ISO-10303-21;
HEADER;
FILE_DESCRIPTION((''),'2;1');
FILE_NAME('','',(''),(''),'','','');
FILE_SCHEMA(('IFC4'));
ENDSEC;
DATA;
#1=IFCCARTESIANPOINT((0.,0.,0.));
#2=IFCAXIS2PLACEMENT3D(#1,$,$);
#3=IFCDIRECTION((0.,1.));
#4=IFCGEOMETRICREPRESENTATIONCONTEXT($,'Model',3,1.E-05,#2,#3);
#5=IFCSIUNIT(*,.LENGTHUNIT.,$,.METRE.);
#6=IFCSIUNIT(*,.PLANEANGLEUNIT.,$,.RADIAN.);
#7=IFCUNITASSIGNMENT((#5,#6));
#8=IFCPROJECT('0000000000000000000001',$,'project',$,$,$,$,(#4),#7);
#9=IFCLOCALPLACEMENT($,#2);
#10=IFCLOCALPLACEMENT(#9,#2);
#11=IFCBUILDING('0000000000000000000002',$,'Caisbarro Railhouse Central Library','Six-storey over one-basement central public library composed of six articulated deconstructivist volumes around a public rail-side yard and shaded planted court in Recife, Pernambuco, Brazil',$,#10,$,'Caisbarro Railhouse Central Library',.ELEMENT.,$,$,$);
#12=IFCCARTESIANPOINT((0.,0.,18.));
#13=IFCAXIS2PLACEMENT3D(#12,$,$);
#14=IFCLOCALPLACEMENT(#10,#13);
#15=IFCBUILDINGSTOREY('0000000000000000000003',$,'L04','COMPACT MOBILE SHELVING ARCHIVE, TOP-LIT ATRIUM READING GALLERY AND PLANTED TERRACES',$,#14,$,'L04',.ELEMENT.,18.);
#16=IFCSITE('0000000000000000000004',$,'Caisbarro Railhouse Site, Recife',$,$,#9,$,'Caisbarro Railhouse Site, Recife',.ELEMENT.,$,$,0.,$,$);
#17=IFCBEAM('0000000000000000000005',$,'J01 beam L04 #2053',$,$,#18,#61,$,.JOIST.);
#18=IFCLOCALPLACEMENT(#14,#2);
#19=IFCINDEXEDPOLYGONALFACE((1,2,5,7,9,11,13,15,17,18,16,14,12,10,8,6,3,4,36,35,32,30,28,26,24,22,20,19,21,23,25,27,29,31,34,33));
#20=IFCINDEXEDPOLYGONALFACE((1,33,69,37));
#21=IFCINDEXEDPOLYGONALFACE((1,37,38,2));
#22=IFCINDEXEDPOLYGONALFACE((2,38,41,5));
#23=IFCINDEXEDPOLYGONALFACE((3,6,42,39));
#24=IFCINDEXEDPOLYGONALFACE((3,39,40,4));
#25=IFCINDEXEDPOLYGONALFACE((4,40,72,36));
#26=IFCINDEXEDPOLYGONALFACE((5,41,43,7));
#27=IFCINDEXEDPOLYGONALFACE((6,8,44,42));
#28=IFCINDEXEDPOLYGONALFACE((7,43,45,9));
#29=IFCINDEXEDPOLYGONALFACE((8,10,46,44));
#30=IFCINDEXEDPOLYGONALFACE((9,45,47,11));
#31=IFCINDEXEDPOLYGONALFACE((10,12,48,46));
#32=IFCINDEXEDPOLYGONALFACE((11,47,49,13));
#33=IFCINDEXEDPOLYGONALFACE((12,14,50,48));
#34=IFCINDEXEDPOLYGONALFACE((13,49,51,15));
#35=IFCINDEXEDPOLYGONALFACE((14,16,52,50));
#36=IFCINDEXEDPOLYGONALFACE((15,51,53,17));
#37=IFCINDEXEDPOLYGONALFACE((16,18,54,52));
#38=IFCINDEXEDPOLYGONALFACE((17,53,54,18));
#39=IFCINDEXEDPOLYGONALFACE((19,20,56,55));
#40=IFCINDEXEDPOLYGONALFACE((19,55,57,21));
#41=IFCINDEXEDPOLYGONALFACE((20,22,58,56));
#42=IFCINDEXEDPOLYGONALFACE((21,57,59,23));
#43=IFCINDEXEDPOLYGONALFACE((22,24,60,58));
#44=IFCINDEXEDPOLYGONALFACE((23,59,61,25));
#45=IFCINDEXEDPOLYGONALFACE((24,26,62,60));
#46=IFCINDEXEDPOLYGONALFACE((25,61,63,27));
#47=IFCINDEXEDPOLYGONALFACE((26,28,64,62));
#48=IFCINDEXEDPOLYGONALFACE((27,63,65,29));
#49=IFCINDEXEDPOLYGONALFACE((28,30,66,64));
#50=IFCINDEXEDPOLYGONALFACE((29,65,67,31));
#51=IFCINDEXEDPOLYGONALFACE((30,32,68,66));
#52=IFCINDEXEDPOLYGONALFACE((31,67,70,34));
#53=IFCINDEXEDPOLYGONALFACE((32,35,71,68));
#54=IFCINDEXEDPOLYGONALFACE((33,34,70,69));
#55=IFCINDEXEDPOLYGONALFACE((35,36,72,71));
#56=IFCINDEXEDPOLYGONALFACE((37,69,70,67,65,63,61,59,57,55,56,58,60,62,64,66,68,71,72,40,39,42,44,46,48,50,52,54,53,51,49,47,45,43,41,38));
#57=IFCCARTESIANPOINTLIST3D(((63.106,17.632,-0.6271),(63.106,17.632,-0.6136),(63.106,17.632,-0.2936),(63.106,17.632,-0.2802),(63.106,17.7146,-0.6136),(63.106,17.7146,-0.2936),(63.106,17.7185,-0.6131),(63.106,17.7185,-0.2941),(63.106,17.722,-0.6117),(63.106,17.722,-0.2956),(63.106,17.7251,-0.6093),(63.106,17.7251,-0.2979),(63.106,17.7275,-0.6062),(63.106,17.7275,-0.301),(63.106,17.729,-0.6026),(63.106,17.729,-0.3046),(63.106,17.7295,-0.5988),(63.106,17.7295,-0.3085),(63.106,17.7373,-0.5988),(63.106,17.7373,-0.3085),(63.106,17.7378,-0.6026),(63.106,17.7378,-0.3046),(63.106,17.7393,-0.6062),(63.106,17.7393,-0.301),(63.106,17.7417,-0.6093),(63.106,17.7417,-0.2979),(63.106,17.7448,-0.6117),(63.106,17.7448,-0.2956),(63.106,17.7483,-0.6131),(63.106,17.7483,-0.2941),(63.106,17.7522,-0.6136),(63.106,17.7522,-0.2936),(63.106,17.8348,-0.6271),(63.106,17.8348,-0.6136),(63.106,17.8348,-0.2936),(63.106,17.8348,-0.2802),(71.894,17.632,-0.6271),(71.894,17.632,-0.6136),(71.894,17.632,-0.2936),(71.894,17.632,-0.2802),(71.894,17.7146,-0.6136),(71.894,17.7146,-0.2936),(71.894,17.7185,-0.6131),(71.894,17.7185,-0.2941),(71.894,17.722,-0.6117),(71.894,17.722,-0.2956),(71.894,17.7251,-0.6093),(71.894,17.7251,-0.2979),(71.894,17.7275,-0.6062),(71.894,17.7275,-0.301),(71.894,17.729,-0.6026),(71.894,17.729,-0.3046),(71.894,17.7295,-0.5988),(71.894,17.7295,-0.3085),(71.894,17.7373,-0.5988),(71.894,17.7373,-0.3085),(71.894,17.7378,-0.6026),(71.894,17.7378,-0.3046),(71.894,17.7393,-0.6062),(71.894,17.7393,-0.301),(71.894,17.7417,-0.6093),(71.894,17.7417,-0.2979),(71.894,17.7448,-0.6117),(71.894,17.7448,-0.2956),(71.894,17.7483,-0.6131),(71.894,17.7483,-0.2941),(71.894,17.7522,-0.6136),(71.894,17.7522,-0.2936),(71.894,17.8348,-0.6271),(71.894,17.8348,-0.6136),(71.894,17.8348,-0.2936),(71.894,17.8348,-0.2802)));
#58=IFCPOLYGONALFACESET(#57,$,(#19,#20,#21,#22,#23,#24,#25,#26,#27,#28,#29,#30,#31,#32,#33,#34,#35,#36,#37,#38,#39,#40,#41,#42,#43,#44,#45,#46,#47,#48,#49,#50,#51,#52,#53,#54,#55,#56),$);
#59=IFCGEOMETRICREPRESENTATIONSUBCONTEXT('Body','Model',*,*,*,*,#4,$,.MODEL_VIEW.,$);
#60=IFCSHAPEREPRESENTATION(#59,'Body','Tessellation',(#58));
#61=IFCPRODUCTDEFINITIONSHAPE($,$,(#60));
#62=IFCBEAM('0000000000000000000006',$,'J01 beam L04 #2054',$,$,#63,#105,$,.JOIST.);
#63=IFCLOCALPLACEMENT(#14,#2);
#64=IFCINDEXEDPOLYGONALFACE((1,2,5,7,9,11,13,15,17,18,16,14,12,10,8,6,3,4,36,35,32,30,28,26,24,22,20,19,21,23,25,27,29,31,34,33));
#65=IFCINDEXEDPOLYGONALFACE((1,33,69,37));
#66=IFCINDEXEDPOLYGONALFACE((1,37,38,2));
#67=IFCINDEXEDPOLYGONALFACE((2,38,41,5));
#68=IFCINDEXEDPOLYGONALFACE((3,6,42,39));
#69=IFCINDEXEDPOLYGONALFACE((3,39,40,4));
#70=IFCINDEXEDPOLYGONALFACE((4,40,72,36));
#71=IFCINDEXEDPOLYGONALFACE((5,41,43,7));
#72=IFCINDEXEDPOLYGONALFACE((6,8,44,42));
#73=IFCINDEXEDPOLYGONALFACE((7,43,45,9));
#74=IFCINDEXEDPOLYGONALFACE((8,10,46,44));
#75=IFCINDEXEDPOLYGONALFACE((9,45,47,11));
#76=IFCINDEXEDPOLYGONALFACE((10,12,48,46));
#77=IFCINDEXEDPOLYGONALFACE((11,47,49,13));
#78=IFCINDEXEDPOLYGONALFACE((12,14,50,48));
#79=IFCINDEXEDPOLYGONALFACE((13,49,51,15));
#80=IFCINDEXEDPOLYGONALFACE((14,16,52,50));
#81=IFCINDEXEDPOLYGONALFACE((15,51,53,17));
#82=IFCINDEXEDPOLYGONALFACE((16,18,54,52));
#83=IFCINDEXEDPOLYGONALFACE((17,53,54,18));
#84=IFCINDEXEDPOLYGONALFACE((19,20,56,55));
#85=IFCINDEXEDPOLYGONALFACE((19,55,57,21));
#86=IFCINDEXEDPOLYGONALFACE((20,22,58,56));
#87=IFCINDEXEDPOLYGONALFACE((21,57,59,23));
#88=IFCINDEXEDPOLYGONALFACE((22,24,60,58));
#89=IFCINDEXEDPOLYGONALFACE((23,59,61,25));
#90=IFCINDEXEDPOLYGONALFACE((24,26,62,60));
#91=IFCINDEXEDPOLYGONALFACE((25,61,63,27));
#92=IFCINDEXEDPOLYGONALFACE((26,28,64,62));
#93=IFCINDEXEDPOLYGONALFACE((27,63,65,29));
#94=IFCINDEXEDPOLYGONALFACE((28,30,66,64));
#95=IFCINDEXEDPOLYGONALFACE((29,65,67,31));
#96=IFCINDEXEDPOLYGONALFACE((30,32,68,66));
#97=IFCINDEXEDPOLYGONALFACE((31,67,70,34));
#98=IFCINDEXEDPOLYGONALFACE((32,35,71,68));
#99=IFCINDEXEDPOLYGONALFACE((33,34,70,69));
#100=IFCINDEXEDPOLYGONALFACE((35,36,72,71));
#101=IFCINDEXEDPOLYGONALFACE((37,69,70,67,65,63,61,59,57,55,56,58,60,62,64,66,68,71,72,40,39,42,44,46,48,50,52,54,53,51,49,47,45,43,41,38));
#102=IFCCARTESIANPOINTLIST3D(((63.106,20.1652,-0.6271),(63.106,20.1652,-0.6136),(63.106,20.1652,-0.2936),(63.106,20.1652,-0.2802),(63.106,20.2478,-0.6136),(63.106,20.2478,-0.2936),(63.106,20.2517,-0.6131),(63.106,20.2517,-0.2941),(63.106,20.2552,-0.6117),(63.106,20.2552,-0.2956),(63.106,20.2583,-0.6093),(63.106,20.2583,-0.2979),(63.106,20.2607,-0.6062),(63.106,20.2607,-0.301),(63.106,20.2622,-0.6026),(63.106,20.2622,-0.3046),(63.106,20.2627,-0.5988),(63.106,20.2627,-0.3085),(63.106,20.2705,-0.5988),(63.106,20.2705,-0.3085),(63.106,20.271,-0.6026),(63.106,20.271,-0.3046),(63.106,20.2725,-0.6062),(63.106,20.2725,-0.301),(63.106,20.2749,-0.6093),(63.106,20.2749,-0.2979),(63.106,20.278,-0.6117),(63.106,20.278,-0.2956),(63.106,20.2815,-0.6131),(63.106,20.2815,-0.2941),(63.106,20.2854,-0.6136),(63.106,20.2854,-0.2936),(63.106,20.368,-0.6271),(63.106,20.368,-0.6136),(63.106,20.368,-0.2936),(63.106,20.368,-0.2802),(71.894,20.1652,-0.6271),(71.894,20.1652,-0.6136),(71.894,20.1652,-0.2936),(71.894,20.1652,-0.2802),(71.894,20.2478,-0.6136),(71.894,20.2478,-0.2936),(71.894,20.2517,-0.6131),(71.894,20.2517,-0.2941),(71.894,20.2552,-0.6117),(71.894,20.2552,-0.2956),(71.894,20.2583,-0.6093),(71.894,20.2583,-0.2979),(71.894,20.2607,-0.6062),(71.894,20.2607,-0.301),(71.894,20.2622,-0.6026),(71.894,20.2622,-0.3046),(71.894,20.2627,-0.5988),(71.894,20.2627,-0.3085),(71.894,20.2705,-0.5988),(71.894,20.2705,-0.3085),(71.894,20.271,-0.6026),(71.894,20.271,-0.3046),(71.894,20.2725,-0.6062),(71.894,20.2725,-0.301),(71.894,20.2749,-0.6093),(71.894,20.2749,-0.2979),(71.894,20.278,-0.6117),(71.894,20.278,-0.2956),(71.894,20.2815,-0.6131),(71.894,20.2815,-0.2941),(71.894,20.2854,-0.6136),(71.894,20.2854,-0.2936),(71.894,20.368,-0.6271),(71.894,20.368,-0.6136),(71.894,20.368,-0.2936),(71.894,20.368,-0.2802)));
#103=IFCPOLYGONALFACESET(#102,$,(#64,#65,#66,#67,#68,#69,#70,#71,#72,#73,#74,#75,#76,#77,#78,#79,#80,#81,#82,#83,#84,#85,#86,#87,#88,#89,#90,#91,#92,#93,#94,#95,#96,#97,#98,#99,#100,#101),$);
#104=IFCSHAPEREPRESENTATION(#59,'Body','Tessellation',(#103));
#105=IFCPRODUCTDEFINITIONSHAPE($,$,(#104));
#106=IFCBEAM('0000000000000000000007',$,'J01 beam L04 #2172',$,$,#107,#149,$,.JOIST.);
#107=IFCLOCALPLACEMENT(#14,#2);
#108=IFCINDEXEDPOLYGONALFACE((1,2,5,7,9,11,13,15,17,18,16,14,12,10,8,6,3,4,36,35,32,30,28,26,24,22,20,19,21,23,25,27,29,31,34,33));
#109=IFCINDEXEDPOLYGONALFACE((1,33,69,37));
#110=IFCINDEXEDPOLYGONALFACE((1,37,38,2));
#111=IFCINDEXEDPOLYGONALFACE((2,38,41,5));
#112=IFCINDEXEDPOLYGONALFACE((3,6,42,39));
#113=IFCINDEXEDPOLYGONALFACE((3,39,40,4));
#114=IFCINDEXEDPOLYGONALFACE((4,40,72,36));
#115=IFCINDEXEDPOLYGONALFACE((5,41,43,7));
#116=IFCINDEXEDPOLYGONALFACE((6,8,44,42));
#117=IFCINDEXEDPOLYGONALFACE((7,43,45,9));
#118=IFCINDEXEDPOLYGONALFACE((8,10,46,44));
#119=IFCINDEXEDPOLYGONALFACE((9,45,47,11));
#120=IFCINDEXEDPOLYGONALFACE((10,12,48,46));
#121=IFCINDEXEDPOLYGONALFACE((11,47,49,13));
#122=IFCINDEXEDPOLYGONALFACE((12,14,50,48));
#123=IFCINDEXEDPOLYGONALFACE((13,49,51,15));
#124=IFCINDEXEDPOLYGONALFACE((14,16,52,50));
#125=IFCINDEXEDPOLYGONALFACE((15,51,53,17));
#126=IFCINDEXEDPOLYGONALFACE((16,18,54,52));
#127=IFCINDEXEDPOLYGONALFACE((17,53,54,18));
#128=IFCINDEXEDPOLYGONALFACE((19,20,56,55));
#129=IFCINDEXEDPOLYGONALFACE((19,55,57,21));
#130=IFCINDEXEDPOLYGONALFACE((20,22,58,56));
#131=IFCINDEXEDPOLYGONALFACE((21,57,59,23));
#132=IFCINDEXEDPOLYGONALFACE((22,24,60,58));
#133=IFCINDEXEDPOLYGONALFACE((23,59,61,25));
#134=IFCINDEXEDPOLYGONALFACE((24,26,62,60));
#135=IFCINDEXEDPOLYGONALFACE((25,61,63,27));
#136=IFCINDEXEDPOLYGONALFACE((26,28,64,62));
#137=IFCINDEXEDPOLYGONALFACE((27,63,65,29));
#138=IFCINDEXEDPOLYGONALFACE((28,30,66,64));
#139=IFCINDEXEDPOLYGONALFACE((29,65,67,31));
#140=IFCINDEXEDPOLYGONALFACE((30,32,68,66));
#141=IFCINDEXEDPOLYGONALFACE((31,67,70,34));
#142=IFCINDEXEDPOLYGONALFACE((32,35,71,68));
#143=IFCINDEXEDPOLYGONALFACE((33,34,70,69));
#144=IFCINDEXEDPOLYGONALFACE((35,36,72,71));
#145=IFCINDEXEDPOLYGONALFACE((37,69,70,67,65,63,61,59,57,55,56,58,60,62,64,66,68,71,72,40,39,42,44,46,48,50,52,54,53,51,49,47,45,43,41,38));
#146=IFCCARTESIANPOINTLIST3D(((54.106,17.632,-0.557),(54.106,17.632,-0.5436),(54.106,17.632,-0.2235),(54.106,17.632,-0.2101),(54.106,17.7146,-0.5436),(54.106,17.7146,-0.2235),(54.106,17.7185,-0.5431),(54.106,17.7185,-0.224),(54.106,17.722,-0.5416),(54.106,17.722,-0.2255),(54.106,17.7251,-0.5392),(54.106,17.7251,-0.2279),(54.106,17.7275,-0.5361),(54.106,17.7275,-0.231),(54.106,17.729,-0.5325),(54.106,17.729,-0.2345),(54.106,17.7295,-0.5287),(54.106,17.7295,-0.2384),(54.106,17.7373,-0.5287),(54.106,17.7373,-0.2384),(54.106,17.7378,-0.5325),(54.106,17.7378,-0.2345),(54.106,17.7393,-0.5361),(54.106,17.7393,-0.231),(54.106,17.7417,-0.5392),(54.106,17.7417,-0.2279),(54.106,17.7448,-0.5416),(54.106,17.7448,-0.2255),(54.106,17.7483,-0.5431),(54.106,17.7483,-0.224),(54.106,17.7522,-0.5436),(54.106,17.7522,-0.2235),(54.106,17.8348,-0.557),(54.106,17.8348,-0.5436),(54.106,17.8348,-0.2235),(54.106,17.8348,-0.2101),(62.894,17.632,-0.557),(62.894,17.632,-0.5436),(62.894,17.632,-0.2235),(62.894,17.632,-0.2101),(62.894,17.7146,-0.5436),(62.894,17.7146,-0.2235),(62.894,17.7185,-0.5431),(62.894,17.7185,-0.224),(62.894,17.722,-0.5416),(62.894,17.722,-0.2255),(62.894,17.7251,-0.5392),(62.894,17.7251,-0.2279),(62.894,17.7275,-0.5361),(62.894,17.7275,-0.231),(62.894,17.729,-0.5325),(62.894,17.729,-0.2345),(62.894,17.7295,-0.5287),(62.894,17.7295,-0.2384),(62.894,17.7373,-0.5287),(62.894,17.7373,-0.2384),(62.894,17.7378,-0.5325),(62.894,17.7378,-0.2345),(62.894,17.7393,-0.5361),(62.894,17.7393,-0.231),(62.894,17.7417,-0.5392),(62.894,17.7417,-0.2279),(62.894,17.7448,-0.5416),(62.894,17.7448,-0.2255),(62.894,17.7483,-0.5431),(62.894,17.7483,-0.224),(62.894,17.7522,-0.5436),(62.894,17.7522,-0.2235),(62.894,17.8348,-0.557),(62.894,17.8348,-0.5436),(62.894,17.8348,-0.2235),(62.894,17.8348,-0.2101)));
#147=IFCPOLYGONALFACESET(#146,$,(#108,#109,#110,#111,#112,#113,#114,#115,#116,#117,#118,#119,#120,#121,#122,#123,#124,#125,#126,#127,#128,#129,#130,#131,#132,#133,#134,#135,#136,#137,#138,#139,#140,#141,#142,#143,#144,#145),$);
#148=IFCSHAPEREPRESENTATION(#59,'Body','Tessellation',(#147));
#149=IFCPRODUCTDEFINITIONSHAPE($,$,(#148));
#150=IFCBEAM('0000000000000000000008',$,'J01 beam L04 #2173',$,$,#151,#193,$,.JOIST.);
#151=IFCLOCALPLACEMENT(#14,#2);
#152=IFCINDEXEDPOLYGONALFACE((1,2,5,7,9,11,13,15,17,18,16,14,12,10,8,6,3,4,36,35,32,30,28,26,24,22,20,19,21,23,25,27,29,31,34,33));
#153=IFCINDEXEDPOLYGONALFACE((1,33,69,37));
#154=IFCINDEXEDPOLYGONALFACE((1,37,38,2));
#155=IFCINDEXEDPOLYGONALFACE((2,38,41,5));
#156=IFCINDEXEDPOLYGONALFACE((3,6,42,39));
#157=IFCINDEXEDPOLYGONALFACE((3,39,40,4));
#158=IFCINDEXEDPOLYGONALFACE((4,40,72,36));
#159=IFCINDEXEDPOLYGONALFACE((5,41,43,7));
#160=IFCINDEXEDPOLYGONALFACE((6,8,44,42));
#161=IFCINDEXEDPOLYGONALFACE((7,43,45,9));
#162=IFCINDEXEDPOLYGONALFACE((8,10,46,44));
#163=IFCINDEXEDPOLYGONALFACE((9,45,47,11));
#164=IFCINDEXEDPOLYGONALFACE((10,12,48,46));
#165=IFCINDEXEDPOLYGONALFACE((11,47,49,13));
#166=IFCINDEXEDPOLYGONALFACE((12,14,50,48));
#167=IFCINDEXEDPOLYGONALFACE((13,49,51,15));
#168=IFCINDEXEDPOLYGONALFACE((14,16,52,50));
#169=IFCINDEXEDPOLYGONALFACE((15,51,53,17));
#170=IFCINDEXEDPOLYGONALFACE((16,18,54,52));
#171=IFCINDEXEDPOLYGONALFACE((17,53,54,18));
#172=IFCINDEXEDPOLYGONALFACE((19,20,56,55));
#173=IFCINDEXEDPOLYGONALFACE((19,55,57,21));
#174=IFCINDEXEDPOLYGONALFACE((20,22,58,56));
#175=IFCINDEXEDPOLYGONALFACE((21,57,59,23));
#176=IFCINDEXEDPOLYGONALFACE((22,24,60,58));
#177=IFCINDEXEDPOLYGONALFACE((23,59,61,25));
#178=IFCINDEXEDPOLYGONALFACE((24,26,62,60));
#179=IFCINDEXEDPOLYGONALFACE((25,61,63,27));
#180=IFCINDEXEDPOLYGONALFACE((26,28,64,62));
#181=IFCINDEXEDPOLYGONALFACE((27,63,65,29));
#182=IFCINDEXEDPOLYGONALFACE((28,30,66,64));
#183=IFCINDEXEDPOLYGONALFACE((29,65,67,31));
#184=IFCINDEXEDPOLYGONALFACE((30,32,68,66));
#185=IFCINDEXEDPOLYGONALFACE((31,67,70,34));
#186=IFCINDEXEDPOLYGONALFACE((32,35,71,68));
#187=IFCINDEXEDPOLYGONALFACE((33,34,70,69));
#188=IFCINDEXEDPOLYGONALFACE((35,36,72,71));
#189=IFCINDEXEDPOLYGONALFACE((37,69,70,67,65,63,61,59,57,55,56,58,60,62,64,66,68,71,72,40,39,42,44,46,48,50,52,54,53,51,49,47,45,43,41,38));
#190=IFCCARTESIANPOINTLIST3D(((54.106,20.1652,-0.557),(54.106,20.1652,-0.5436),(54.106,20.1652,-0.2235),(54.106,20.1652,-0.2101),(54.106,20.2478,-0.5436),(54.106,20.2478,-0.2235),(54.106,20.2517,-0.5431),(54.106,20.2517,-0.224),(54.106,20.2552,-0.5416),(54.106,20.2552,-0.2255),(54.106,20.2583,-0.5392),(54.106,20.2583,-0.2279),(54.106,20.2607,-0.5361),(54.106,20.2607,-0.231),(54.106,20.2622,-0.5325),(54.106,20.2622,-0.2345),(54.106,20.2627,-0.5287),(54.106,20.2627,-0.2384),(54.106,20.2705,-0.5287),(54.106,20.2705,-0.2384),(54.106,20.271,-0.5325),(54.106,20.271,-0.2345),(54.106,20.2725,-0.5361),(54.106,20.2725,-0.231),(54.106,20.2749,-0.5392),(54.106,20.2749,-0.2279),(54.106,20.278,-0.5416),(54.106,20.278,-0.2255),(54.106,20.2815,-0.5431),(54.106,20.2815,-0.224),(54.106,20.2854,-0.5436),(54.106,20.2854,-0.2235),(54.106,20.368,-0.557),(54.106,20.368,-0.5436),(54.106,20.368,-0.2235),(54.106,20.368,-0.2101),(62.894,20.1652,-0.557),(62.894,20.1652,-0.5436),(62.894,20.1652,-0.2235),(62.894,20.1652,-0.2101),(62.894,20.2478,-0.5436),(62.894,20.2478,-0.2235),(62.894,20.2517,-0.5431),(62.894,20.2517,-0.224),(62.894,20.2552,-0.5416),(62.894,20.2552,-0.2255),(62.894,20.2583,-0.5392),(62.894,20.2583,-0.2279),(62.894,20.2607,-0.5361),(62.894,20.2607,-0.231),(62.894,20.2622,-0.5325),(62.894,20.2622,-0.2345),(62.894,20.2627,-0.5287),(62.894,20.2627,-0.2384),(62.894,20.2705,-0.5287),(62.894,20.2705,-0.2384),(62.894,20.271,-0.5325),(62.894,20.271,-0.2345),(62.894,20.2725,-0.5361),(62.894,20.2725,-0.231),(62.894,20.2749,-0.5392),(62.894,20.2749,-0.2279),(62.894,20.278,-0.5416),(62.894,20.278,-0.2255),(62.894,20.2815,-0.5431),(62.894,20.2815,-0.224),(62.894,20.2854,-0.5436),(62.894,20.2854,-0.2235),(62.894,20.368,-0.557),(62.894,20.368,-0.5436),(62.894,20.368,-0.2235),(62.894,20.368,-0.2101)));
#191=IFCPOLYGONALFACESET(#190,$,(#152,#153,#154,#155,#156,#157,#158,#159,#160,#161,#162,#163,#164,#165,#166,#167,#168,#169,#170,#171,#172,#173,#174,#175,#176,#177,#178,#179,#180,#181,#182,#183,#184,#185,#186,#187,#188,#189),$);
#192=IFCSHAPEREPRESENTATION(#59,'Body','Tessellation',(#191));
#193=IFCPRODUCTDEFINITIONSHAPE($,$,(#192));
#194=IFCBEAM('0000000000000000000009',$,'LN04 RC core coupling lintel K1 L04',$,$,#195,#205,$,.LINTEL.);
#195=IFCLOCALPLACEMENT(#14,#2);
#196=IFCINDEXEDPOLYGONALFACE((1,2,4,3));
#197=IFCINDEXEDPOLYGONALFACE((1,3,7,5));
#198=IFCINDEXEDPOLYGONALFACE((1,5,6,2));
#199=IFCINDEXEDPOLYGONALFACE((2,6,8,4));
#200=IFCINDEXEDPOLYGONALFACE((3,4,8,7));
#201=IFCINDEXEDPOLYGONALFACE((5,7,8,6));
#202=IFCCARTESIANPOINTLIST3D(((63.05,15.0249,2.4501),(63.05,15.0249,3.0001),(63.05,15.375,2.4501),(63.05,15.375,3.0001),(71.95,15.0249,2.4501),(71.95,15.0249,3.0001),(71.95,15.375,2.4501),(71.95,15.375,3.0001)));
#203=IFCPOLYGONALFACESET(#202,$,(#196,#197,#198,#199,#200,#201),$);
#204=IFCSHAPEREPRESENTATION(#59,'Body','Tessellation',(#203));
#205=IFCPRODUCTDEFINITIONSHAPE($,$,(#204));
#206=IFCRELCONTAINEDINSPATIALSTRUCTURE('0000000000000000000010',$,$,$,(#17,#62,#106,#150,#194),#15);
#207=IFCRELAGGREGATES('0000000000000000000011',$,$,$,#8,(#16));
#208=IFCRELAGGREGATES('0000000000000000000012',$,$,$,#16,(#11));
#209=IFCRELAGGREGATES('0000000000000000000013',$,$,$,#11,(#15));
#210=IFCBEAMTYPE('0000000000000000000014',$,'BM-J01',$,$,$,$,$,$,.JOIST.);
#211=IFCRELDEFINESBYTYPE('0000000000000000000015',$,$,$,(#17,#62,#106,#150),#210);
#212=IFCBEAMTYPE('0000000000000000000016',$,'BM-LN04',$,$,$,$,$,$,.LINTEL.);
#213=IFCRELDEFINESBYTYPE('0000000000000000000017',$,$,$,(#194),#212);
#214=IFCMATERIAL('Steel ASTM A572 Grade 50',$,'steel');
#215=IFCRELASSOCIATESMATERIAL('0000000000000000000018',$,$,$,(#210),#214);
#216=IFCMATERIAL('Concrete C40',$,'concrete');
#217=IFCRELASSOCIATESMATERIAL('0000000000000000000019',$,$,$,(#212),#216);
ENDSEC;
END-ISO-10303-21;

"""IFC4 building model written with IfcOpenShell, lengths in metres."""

from ifc_helpers import new_model, si_unit, direction, frame, origin, origin_2d, place, context, subcontext, project, spatial, rectangle, i_section, extrude, material, material_profile, profile_set, type_object, element, save


model = new_model("IFC4")

# Units and contexts
model_context = context("Model", 3, precision=1e-05, world=origin(), true_north=direction((0.0, 1.0)))
body_context = subcontext(model_context, "Body", "Model", "MODEL_VIEW")
ifc_project = project(units=[si_unit("LENGTHUNIT", "METRE"), si_unit("PLANEANGLEUNIT", "RADIAN")], contexts=[model_context])

# Site, building, storey
site_placement = place(None, origin())
site = spatial("IfcSite", under=ifc_project, at=site_placement, Name="Caisbarro Railhouse Site, Recife", LongName="Caisbarro Railhouse Site, Recife", CompositionType="ELEMENT", RefElevation=0.0)
building_placement = place(site_placement, origin())
building = spatial("IfcBuilding", under=site, at=building_placement, Name="Caisbarro Railhouse Central Library", Description="Six-storey over one-basement central public library composed of six articulated deconstructivist volumes around a public rail-side yard and shaded planted court in Recife, Pernambuco, Brazil", LongName="Caisbarro Railhouse Central Library", CompositionType="ELEMENT")
storey_placement = place(building_placement, frame((0.0, 0.0, 18.0)))
storey = spatial("IfcBuildingStorey", under=building, at=storey_placement, Name="L04", Description="COMPACT MOBILE SHELVING ARCHIVE, TOP-LIT ATRIUM READING GALLERY AND PLANTED TERRACES", LongName="L04", CompositionType="ELEMENT", Elevation=18.0)

# Shared definitions
ifc_material_1 = material(Name="Steel ASTM A572 Grade 50", Category="steel")

# Beams
ifc_material_profile_1 = material_profile(ifc_material_1, i_section(OverallWidth=0.2029, OverallDepth=0.3469, WebThickness=0.0078, FlangeThickness=0.0134, FilletRadius=0.0149, at=origin_2d()), Name="W360X64.0")
ifc_profile_set_1 = profile_set([ifc_material_profile_1], Name="Steel ASTM A572 Grade 50")
beam_type_1 = type_object("IfcBeamType", Name="BM-J01", PredefinedType="JOIST", material=ifc_profile_set_1)
for number, where, z_axis, x_axis, name in (
    (1, (63.106, 17.7334, -0.4536), (1.0, 0.0, 0.0), (0.0, 1.0, 0.0), "J01 beam L04 #2053"),
    (2, (63.106, 20.2666, -0.4536), (1.0, 0.0, 0.0), (0.0, 1.0, 0.0), "J01 beam L04 #2054"),
    (3, (54.106, 17.7334, -0.3835), (1.0, 0.0, 0.0), (0.0, 1.0, 0.0), "J01 beam L04 #2172"),
    (4, (54.106, 20.2666, -0.3835), (1.0, 0.0, 0.0), (0.0, 1.0, 0.0), "J01 beam L04 #2173"),
):
    element("IfcBeam", number, at=place(storey_placement, frame(where, z_axis=z_axis, x_axis=x_axis)), inside=storey, type_object=beam_type_1, Name=name, PredefinedType="JOIST", context=body_context, shape_type="SweptSolid", body=[
        extrude(i_section(OverallWidth=0.2029, OverallDepth=0.3469, WebThickness=0.0078, FlangeThickness=0.0134, FilletRadius=0.0149, at=origin_2d()), origin(), (0.0, 0.0, 1.0), 8.7881),
    ])
ifc_material_2 = material(Name="Concrete C40", Category="concrete")
ifc_material_profile_2 = material_profile(ifc_material_2, rectangle(XDim=0.3501, YDim=0.55, at=origin_2d()), Name="RC-LIN-350X550")
ifc_profile_set_2 = profile_set([ifc_material_profile_2], Name="Concrete C40")
beam_type_2 = type_object("IfcBeamType", Name="BM-LN04", PredefinedType="LINTEL", material=ifc_profile_set_2)
beam_1_placement = place(storey_placement, frame((63.05, 15.2, 2.7251), z_axis=(1.0, 0.0, 0.0), x_axis=(0.0, 1.0, 0.0)))
element("IfcBeam", 5, at=beam_1_placement, inside=storey, type_object=beam_type_2, Name="LN04 RC core coupling lintel K1 L04", PredefinedType="LINTEL", context=body_context, shape_type="SweptSolid", body=[
    extrude(rectangle(XDim=0.3501, YDim=0.55, at=origin_2d()), origin(), (0.0, 0.0, 1.0), 8.8999),
])

save(model, "model.ifc")
